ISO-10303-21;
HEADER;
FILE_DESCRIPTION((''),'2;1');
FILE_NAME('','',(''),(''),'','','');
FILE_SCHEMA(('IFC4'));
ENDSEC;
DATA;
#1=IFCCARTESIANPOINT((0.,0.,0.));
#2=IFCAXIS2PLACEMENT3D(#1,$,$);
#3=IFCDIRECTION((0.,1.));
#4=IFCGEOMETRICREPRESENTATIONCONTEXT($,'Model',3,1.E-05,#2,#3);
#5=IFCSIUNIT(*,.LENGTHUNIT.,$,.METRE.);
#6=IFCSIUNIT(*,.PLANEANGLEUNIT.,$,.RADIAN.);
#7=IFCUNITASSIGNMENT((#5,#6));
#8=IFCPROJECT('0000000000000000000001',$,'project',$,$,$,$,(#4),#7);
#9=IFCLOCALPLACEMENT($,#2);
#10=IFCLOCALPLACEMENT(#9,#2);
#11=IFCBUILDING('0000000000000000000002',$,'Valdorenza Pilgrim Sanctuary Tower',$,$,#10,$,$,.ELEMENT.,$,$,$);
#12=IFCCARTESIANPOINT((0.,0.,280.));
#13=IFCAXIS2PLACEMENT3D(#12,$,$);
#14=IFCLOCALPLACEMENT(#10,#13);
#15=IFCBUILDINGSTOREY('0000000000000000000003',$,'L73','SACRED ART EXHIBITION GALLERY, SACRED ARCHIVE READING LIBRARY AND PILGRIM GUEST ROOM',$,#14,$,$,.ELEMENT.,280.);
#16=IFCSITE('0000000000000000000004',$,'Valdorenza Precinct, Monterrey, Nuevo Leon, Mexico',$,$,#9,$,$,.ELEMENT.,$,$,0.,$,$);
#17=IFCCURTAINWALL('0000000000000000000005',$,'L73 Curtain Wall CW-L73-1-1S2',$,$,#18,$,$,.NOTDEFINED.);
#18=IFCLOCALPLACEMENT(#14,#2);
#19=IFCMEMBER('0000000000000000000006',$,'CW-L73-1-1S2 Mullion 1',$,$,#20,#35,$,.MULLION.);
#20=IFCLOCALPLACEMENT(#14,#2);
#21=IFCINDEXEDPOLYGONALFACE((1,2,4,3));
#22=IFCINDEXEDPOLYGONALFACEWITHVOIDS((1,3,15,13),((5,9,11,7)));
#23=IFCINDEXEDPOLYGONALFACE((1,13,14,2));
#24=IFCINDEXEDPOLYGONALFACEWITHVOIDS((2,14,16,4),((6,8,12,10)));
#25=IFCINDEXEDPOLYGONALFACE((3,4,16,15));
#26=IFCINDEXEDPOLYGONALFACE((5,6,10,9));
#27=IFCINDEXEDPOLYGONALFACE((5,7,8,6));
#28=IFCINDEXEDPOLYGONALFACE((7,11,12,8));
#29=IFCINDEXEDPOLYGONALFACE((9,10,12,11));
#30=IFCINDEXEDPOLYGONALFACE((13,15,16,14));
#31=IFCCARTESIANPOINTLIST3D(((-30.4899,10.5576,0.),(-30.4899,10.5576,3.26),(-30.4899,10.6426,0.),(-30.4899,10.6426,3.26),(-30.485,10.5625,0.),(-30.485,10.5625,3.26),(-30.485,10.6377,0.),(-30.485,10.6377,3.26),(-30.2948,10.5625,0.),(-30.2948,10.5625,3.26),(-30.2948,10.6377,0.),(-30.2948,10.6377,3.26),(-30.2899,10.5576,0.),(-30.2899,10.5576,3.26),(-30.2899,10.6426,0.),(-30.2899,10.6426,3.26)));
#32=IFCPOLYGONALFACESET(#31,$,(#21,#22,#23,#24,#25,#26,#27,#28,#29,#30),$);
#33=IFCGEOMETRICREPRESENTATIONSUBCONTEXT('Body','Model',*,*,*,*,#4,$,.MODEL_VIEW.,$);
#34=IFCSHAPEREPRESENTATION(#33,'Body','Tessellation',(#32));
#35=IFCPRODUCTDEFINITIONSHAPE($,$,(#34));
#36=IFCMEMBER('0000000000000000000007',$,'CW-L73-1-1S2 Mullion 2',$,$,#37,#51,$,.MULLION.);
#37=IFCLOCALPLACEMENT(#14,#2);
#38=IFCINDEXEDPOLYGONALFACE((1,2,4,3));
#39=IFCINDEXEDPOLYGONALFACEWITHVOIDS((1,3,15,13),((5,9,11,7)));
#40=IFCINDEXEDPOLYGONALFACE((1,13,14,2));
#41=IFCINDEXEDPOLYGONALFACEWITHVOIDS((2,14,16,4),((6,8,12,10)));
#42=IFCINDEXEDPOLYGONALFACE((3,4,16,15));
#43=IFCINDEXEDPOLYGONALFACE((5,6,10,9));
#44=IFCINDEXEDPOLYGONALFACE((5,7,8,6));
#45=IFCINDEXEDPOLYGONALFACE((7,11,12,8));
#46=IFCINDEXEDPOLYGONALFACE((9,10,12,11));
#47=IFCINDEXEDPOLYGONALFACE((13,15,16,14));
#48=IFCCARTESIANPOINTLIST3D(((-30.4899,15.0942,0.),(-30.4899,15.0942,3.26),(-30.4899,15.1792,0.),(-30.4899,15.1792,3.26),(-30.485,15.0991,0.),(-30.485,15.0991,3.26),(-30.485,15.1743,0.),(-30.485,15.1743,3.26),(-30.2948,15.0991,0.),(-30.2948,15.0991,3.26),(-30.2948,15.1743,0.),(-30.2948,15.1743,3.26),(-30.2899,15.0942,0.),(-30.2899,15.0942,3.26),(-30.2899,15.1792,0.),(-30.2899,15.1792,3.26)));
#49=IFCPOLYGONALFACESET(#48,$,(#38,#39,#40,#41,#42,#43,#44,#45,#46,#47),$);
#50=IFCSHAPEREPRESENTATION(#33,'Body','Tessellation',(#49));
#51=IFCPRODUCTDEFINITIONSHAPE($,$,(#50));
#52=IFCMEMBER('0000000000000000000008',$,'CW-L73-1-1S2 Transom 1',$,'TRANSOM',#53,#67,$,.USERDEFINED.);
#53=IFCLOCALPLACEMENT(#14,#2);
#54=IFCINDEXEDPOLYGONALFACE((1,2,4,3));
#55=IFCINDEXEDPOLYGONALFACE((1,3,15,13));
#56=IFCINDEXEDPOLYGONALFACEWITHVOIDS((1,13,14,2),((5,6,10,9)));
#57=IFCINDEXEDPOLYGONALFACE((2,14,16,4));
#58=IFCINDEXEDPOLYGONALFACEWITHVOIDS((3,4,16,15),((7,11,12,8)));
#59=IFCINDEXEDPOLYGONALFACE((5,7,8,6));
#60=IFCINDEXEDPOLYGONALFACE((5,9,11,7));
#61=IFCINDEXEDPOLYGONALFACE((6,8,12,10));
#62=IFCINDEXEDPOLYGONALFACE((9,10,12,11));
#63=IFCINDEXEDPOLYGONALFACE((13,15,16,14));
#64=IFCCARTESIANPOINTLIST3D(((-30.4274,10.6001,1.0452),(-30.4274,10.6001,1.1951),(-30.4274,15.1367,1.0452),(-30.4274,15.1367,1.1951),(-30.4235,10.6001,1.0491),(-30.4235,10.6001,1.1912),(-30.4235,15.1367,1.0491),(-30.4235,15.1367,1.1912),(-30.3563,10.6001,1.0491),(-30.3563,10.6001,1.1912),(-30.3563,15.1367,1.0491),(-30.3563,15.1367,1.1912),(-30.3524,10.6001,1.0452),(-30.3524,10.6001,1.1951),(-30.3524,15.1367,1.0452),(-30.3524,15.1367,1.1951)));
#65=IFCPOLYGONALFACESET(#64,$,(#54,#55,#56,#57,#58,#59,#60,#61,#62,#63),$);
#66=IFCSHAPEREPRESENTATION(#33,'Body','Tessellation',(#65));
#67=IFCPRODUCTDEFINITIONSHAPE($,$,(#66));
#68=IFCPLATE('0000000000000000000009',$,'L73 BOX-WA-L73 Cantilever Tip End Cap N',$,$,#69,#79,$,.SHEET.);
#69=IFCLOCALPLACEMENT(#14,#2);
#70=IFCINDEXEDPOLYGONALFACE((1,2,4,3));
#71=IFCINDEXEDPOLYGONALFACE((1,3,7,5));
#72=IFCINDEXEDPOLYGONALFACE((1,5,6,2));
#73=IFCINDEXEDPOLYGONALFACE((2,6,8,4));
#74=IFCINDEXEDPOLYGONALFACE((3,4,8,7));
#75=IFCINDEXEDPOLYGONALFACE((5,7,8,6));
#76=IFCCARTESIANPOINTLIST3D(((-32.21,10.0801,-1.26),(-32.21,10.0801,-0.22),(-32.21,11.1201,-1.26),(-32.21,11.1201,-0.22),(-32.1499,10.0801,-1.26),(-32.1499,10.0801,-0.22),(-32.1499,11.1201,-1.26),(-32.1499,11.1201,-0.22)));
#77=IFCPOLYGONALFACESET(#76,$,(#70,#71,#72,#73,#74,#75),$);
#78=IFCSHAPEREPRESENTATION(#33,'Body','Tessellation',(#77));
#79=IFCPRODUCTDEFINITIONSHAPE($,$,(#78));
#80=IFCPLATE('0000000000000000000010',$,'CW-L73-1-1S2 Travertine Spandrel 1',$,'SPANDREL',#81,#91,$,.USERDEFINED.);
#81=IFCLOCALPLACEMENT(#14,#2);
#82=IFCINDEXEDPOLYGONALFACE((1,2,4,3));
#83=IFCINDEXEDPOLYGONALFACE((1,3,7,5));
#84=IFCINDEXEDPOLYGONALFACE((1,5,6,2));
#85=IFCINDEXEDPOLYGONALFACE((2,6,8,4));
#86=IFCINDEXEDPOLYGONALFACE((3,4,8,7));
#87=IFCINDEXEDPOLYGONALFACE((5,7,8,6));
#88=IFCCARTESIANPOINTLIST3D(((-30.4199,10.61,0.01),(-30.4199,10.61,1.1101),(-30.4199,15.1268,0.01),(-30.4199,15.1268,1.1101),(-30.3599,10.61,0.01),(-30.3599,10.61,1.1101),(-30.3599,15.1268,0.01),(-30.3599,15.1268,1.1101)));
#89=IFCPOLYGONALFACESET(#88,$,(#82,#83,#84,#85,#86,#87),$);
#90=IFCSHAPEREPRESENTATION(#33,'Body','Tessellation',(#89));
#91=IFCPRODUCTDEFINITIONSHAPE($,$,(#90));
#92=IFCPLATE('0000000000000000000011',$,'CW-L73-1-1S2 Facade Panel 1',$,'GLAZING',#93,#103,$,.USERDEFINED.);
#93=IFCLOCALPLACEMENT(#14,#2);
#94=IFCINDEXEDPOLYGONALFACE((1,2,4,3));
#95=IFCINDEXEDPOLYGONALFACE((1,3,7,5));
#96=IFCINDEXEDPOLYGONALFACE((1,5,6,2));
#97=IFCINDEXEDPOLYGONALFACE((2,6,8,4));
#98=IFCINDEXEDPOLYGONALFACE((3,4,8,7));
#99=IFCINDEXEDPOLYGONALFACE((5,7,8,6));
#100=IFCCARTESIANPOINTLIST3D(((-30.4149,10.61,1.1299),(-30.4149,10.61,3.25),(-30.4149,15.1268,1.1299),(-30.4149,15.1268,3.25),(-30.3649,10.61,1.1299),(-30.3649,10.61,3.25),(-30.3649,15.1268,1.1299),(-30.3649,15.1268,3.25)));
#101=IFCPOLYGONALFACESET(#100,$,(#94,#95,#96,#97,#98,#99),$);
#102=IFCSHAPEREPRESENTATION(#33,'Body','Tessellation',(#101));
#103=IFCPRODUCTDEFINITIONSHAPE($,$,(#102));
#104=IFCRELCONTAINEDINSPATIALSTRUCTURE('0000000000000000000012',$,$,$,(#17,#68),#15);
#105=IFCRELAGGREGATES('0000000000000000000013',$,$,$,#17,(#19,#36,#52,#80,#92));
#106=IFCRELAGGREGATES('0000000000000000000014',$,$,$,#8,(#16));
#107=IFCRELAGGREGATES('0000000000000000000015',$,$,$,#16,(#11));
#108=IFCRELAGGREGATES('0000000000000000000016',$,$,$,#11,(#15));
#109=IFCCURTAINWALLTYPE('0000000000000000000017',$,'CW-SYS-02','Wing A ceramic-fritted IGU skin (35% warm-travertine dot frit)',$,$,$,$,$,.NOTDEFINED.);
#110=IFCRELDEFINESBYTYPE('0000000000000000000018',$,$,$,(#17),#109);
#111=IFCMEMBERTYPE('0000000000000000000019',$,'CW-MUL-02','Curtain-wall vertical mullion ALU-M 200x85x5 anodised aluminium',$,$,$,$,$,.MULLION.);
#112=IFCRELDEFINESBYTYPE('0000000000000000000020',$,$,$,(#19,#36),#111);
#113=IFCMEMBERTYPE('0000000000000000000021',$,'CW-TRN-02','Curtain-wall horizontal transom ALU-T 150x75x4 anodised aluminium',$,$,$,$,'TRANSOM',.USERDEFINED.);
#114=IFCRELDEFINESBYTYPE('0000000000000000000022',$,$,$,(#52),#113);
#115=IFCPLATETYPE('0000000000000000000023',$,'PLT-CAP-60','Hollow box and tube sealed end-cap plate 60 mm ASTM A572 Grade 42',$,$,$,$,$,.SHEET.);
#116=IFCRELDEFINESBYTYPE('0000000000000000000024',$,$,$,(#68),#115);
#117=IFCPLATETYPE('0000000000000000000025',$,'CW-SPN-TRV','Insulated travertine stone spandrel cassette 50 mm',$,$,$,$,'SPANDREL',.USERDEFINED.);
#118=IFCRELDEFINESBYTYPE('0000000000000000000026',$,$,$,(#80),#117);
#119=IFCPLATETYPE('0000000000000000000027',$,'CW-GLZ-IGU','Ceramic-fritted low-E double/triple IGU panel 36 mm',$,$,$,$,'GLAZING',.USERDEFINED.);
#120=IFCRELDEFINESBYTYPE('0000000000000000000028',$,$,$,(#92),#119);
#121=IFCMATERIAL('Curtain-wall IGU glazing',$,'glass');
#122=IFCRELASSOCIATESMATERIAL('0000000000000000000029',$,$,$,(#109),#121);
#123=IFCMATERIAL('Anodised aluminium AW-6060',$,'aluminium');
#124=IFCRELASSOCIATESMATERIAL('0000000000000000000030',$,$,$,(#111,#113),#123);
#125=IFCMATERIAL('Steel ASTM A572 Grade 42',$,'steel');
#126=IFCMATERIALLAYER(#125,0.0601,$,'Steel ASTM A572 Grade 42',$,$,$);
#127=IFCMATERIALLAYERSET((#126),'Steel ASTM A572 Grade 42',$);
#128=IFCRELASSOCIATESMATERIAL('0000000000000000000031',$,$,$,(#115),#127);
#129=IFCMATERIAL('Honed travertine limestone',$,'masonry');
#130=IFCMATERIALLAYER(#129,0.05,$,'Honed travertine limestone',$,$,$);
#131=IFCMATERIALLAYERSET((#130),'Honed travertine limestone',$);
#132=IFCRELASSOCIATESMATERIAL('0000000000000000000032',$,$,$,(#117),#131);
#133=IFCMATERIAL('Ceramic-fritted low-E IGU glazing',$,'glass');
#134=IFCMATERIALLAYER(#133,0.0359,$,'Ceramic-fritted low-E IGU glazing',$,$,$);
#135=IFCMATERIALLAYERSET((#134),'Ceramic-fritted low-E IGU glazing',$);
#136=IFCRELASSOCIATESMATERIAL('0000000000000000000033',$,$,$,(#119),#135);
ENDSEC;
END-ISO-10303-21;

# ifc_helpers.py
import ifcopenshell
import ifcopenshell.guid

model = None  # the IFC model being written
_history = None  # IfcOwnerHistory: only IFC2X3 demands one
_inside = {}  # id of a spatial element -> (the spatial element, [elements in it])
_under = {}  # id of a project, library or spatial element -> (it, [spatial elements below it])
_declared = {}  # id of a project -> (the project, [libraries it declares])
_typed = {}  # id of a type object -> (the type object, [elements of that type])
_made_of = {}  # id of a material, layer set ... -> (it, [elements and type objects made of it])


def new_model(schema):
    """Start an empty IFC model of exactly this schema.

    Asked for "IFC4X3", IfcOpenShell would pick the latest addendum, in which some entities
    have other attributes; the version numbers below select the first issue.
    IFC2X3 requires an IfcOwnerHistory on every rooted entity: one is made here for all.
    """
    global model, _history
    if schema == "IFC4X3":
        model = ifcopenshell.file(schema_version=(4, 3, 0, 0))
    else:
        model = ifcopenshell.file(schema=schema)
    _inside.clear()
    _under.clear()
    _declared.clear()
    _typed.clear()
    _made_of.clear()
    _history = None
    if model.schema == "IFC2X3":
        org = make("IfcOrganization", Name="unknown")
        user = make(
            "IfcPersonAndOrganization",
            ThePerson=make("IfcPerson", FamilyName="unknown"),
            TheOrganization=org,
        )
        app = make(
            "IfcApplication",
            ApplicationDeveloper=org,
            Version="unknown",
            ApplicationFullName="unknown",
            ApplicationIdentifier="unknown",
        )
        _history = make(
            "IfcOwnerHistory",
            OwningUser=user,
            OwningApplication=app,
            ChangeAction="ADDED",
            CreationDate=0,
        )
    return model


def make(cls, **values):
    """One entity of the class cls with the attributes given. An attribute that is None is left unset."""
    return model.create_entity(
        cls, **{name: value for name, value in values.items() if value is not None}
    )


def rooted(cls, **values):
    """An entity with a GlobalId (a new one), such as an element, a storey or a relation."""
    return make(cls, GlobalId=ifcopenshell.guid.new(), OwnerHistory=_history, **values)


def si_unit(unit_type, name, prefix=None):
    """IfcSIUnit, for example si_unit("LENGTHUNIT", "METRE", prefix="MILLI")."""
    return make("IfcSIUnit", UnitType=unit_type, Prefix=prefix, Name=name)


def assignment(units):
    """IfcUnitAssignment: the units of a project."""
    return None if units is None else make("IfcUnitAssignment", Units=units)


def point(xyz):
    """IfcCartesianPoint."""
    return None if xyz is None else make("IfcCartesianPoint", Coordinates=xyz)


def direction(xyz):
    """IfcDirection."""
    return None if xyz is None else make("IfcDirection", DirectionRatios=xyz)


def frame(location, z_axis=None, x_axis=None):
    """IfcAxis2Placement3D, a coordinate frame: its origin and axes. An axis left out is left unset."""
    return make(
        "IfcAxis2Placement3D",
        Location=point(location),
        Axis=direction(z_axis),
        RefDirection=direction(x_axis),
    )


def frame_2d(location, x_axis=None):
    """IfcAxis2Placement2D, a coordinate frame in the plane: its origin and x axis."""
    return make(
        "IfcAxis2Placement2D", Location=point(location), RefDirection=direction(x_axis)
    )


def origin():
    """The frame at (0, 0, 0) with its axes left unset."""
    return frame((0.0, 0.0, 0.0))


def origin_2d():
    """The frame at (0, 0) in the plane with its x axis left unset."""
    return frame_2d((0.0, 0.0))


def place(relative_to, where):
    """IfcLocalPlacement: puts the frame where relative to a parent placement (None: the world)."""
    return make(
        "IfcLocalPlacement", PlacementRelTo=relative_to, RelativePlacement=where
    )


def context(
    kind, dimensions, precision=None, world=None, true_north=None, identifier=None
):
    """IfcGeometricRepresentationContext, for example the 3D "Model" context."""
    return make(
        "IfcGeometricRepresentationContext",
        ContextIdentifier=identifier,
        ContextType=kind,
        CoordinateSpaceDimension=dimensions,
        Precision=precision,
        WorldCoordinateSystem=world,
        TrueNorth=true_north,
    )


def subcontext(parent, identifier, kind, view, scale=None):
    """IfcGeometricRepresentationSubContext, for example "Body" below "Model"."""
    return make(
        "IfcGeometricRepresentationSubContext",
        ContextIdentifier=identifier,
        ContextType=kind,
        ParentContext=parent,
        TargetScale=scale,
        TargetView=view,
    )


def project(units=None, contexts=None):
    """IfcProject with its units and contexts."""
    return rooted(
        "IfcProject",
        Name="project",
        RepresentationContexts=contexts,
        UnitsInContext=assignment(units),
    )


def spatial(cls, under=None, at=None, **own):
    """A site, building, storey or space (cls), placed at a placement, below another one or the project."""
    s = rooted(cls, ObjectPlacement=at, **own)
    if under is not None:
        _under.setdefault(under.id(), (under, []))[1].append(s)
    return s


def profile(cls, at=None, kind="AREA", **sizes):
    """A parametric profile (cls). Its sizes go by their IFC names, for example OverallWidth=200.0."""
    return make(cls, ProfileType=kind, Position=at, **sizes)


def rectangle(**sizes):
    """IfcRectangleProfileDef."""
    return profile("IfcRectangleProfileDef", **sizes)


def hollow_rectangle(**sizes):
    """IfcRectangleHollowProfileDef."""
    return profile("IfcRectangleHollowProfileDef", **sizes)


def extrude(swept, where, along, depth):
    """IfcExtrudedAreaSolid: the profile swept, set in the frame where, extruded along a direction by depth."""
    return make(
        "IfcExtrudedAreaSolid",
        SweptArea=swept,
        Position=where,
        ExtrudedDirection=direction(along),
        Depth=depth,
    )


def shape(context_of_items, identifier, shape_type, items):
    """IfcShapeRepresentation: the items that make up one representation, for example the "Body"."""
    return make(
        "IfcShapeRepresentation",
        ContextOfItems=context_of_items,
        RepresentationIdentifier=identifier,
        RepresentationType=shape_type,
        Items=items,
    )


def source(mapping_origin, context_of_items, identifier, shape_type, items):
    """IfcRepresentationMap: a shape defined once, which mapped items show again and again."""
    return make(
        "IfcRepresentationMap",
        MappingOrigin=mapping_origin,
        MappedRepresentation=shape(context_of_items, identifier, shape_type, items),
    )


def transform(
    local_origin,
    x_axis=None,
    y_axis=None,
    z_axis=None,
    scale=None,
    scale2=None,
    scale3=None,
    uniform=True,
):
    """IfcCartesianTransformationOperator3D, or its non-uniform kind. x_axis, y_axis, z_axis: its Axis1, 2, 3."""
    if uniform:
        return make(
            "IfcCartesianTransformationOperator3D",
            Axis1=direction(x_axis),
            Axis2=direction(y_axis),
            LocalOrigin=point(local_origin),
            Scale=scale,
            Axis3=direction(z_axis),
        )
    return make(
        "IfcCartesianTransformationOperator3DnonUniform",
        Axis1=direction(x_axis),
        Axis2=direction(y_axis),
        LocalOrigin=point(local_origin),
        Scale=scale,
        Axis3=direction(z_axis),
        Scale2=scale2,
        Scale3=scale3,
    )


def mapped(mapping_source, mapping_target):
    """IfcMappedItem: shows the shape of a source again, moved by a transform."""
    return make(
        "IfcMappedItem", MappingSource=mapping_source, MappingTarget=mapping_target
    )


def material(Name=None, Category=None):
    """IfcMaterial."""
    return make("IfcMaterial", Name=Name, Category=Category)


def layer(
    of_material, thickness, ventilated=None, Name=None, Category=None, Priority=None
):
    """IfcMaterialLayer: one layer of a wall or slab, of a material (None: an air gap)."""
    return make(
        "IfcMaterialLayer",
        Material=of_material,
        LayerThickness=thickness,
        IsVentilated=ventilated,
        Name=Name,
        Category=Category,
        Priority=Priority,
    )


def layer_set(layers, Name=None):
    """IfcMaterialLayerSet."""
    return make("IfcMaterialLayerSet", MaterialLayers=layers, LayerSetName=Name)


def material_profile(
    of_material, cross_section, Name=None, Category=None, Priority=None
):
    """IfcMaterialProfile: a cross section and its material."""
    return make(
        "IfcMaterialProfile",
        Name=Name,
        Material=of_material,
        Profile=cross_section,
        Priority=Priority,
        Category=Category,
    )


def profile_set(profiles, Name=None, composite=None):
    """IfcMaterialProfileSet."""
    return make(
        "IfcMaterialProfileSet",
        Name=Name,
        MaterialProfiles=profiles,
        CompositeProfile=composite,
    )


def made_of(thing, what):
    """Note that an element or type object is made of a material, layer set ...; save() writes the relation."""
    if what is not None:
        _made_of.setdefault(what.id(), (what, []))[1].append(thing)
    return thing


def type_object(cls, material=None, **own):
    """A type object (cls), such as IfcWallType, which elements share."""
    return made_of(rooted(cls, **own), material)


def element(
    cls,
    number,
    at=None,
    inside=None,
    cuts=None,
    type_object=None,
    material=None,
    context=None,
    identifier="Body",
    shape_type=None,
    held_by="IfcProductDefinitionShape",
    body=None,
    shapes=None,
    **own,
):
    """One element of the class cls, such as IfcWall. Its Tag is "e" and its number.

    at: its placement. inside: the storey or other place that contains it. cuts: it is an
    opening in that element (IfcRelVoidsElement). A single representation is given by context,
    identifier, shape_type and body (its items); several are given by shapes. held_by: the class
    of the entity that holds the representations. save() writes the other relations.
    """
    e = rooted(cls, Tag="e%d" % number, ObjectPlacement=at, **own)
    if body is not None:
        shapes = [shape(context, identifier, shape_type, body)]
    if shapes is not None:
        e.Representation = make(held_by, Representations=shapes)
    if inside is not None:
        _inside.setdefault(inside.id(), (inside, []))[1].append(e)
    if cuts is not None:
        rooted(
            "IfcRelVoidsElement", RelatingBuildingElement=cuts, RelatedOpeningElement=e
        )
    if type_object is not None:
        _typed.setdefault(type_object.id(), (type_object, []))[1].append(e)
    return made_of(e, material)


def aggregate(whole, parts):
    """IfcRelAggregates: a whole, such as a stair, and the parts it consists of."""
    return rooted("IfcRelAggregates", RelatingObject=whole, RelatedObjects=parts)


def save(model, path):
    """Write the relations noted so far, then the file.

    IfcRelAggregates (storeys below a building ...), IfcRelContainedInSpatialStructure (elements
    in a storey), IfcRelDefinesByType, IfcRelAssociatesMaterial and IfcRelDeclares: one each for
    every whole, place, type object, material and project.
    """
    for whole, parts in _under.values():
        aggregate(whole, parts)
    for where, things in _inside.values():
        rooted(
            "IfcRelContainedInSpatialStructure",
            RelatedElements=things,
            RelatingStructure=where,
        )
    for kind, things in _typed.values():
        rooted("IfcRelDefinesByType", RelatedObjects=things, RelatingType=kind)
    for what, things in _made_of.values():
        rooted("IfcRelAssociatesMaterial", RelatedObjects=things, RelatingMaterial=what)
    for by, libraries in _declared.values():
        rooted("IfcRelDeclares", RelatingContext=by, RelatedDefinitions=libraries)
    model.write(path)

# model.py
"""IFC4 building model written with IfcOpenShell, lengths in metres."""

from ifc_helpers import new_model, si_unit, direction, frame, origin, origin_2d, place, context, subcontext, project, spatial, rectangle, hollow_rectangle, extrude, source, transform, mapped, material, layer, layer_set, material_profile, profile_set, type_object, element, aggregate, save


model = new_model("IFC4")

# Units and contexts
model_context = context("Model", 3, precision=1e-05, world=origin(), true_north=direction((0.0, 1.0)))
body_context = subcontext(model_context, "Body", "Model", "MODEL_VIEW")
ifc_project = project(units=[si_unit("LENGTHUNIT", "METRE"), si_unit("PLANEANGLEUNIT", "RADIAN")], contexts=[model_context])

# Site, building, storey
site_placement = place(None, origin())
site = spatial("IfcSite", under=ifc_project, at=site_placement, Name="Valdorenza Precinct, Monterrey, Nuevo Leon, Mexico", CompositionType="ELEMENT", RefElevation=0.0)
building_placement = place(site_placement, origin())
building = spatial("IfcBuilding", under=site, at=building_placement, Name="Valdorenza Pilgrim Sanctuary Tower", CompositionType="ELEMENT")
storey_placement = place(building_placement, frame((0.0, 0.0, 280.0)))
storey = spatial("IfcBuildingStorey", under=building, at=storey_placement, Name="L73", Description="SACRED ART EXHIBITION GALLERY, SACRED ARCHIVE READING LIBRARY AND PILGRIM GUEST ROOM", CompositionType="ELEMENT", Elevation=280.0)

# Shared definitions
ifc_material_1 = material(Name="Steel ASTM A572 Grade 42", Category="steel")

# Curtain wall, members
ifc_material_2 = material(Name="Curtain-wall IGU glazing", Category="glass")
curtain_wall_type = type_object("IfcCurtainWallType", Name="CW-SYS-02", Description="Wing A ceramic-fritted IGU skin (35% warm-travertine dot frit)", PredefinedType="NOTDEFINED", material=ifc_material_2)
curtain_wall_placement = place(storey_placement, origin())
curtain_wall = element("IfcCurtainWall", 1, at=curtain_wall_placement, inside=storey, type_object=curtain_wall_type, Name="L73 Curtain Wall CW-L73-1-1S2", PredefinedType="NOTDEFINED")
ifc_material_3 = material(Name="Anodised aluminium AW-6060", Category="aluminium")
ifc_material_profile_1 = material_profile(ifc_material_3, hollow_rectangle(XDim=0.085, YDim=0.2, WallThickness=0.0049, at=origin_2d()), Name="ALU-M 200x85x5")
ifc_profile_set_1 = profile_set([ifc_material_profile_1], Name="Anodised aluminium AW-6060")
member_type_1 = type_object("IfcMemberType", Name="CW-MUL-02", Description="Curtain-wall vertical mullion ALU-M 200x85x5 anodised aluminium", PredefinedType="MULLION", material=ifc_profile_set_1)
shared_shape_1 = source(origin(), body_context, "Body", "SweptSolid", [
    extrude(hollow_rectangle(XDim=0.085, YDim=0.2, WallThickness=0.0049, at=origin_2d()), origin(), (0.0, 0.0, 1.0), 3.26),
])
member_1_placement = place(storey_placement, frame((-30.3899, 10.6001, 0.0), z_axis=(0.0, 0.0, 1.0), x_axis=(0.0, 1.0, 0.0)))
member_1 = element("IfcMember", 2, at=member_1_placement, type_object=member_type_1, Name="CW-L73-1-1S2 Mullion 1", PredefinedType="MULLION", context=body_context, shape_type="MappedRepresentation", body=[
    mapped(shared_shape_1, transform((0.0, 0.0, 0.0), x_axis=(1.0, 0.0, 0.0), y_axis=(0.0, 1.0, 0.0), z_axis=(0.0, 0.0, 1.0), scale=1.0)),
])
member_2_placement = place(storey_placement, frame((-30.3899, 15.1367, 0.0), z_axis=(0.0, 0.0, 1.0), x_axis=(0.0, 1.0, 0.0)))
member_2 = element("IfcMember", 3, at=member_2_placement, type_object=member_type_1, Name="CW-L73-1-1S2 Mullion 2", PredefinedType="MULLION", context=body_context, shape_type="MappedRepresentation", body=[
    mapped(shared_shape_1, transform((0.0, 0.0, 0.0), x_axis=(1.0, 0.0, 0.0), y_axis=(0.0, 1.0, 0.0), z_axis=(0.0, 0.0, 1.0), scale=1.0)),
])
ifc_material_profile_2 = material_profile(ifc_material_3, hollow_rectangle(XDim=0.075, YDim=0.1499, WallThickness=0.0039, at=origin_2d()), Name="ALU-T 150x75x4")
ifc_profile_set_2 = profile_set([ifc_material_profile_2], Name="Anodised aluminium AW-6060")
member_type_2 = type_object("IfcMemberType", Name="CW-TRN-02", Description="Curtain-wall horizontal transom ALU-T 150x75x4 anodised aluminium", ElementType="TRANSOM", PredefinedType="USERDEFINED", material=ifc_profile_set_2)
shared_shape_2 = source(origin(), body_context, "Body", "SweptSolid", [
    extrude(hollow_rectangle(XDim=0.075, YDim=0.1499, WallThickness=0.0039, at=origin_2d()), origin(), (0.0, 0.0, 1.0), 4.5366),
])
member_3_placement = place(storey_placement, frame((-30.3899, 10.6001, 1.1201), z_axis=(0.0, 1.0, 0.0), x_axis=(-1.0, 0.0, 0.0)))
member_3 = element("IfcMember", 4, at=member_3_placement, type_object=member_type_2, Name="CW-L73-1-1S2 Transom 1", ObjectType="TRANSOM", PredefinedType="USERDEFINED", context=body_context, shape_type="MappedRepresentation", body=[
    mapped(shared_shape_2, transform((0.0, 0.0, 0.0), x_axis=(1.0, 0.0, 0.0), y_axis=(0.0, 1.0, 0.0), z_axis=(0.0, 0.0, 1.0), scale=1.0)),
])

# Plates
ifc_layer_1 = layer(ifc_material_1, 0.0601, Name="Steel ASTM A572 Grade 42")
ifc_layer_set_1 = layer_set([ifc_layer_1], Name="Steel ASTM A572 Grade 42")
plate_type_1 = type_object("IfcPlateType", Name="PLT-CAP-60", Description="Hollow box and tube sealed end-cap plate 60 mm ASTM A572 Grade 42", PredefinedType="SHEET", material=ifc_layer_set_1)
shared_shape_3 = source(origin(), body_context, "Body", "SweptSolid", [
    extrude(rectangle(XDim=0.0601, YDim=1.04, at=origin_2d()), origin(), (0.0, 0.0, 1.0), 1.04),
])
plate_1_placement = place(storey_placement, frame((-32.1799, 10.6001, -1.26), z_axis=(0.0, 0.0, 1.0), x_axis=(1.0, 0.0, 0.0)))
element("IfcPlate", 5, at=plate_1_placement, inside=storey, type_object=plate_type_1, Name="L73 BOX-WA-L73 Cantilever Tip End Cap N", PredefinedType="SHEET", context=body_context, shape_type="MappedRepresentation", body=[
    mapped(shared_shape_3, transform((0.0, 0.0, 0.0), x_axis=(1.0, 0.0, 0.0), y_axis=(0.0, 1.0, 0.0), z_axis=(0.0, 0.0, 1.0), scale=1.0)),
])
ifc_material_4 = material(Name="Honed travertine limestone", Category="masonry")
ifc_layer_2 = layer(ifc_material_4, 0.05, Name="Honed travertine limestone")
ifc_layer_set_2 = layer_set([ifc_layer_2], Name="Honed travertine limestone")
plate_type_2 = type_object("IfcPlateType", Name="CW-SPN-TRV", Description="Insulated travertine stone spandrel cassette 50 mm", ElementType="SPANDREL", PredefinedType="USERDEFINED", material=ifc_layer_set_2)
shared_shape_4 = source(origin(), body_context, "Body", "SweptSolid", [
    extrude(rectangle(XDim=4.5168, YDim=0.0601, at=origin_2d()), origin(), (0.0, 0.0, 1.0), 1.1001),
])
plate_2_placement = place(storey_placement, frame((-30.3899, 12.8684, 0.01), z_axis=(0.0, 0.0, 1.0), x_axis=(0.0, 1.0, 0.0)))
plate_2 = element("IfcPlate", 6, at=plate_2_placement, type_object=plate_type_2, Name="CW-L73-1-1S2 Travertine Spandrel 1", ObjectType="SPANDREL", PredefinedType="USERDEFINED", context=body_context, shape_type="MappedRepresentation", body=[
    mapped(shared_shape_4, transform((0.0, 0.0, 0.0), x_axis=(1.0, 0.0, 0.0), y_axis=(0.0, 1.0, 0.0), z_axis=(0.0, 0.0, 1.0), scale=1.0)),
])
ifc_material_5 = material(Name="Ceramic-fritted low-E IGU glazing", Category="glass")
ifc_layer_3 = layer(ifc_material_5, 0.0359, Name="Ceramic-fritted low-E IGU glazing")
ifc_layer_set_3 = layer_set([ifc_layer_3], Name="Ceramic-fritted low-E IGU glazing")
plate_type_3 = type_object("IfcPlateType", Name="CW-GLZ-IGU", Description="Ceramic-fritted low-E double/triple IGU panel 36 mm", ElementType="GLAZING", PredefinedType="USERDEFINED", material=ifc_layer_set_3)
shared_shape_5 = source(origin(), body_context, "Body", "SweptSolid", [
    extrude(rectangle(XDim=4.5168, YDim=0.05, at=origin_2d()), origin(), (0.0, 0.0, 1.0), 2.1201),
])
plate_3_placement = place(storey_placement, frame((-30.3899, 12.8684, 1.1299), z_axis=(0.0, 0.0, 1.0), x_axis=(0.0, 1.0, 0.0)))
plate_3 = element("IfcPlate", 7, at=plate_3_placement, type_object=plate_type_3, Name="CW-L73-1-1S2 Facade Panel 1", ObjectType="GLAZING", PredefinedType="USERDEFINED", context=body_context, shape_type="MappedRepresentation", body=[
    mapped(shared_shape_5, transform((0.0, 0.0, 0.0), x_axis=(1.0, 0.0, 0.0), y_axis=(0.0, 1.0, 0.0), z_axis=(0.0, 0.0, 1.0), scale=1.0)),
])
aggregate(curtain_wall, [member_1, member_2, member_3, plate_2, plate_3])

save(model, "model.ifc")
